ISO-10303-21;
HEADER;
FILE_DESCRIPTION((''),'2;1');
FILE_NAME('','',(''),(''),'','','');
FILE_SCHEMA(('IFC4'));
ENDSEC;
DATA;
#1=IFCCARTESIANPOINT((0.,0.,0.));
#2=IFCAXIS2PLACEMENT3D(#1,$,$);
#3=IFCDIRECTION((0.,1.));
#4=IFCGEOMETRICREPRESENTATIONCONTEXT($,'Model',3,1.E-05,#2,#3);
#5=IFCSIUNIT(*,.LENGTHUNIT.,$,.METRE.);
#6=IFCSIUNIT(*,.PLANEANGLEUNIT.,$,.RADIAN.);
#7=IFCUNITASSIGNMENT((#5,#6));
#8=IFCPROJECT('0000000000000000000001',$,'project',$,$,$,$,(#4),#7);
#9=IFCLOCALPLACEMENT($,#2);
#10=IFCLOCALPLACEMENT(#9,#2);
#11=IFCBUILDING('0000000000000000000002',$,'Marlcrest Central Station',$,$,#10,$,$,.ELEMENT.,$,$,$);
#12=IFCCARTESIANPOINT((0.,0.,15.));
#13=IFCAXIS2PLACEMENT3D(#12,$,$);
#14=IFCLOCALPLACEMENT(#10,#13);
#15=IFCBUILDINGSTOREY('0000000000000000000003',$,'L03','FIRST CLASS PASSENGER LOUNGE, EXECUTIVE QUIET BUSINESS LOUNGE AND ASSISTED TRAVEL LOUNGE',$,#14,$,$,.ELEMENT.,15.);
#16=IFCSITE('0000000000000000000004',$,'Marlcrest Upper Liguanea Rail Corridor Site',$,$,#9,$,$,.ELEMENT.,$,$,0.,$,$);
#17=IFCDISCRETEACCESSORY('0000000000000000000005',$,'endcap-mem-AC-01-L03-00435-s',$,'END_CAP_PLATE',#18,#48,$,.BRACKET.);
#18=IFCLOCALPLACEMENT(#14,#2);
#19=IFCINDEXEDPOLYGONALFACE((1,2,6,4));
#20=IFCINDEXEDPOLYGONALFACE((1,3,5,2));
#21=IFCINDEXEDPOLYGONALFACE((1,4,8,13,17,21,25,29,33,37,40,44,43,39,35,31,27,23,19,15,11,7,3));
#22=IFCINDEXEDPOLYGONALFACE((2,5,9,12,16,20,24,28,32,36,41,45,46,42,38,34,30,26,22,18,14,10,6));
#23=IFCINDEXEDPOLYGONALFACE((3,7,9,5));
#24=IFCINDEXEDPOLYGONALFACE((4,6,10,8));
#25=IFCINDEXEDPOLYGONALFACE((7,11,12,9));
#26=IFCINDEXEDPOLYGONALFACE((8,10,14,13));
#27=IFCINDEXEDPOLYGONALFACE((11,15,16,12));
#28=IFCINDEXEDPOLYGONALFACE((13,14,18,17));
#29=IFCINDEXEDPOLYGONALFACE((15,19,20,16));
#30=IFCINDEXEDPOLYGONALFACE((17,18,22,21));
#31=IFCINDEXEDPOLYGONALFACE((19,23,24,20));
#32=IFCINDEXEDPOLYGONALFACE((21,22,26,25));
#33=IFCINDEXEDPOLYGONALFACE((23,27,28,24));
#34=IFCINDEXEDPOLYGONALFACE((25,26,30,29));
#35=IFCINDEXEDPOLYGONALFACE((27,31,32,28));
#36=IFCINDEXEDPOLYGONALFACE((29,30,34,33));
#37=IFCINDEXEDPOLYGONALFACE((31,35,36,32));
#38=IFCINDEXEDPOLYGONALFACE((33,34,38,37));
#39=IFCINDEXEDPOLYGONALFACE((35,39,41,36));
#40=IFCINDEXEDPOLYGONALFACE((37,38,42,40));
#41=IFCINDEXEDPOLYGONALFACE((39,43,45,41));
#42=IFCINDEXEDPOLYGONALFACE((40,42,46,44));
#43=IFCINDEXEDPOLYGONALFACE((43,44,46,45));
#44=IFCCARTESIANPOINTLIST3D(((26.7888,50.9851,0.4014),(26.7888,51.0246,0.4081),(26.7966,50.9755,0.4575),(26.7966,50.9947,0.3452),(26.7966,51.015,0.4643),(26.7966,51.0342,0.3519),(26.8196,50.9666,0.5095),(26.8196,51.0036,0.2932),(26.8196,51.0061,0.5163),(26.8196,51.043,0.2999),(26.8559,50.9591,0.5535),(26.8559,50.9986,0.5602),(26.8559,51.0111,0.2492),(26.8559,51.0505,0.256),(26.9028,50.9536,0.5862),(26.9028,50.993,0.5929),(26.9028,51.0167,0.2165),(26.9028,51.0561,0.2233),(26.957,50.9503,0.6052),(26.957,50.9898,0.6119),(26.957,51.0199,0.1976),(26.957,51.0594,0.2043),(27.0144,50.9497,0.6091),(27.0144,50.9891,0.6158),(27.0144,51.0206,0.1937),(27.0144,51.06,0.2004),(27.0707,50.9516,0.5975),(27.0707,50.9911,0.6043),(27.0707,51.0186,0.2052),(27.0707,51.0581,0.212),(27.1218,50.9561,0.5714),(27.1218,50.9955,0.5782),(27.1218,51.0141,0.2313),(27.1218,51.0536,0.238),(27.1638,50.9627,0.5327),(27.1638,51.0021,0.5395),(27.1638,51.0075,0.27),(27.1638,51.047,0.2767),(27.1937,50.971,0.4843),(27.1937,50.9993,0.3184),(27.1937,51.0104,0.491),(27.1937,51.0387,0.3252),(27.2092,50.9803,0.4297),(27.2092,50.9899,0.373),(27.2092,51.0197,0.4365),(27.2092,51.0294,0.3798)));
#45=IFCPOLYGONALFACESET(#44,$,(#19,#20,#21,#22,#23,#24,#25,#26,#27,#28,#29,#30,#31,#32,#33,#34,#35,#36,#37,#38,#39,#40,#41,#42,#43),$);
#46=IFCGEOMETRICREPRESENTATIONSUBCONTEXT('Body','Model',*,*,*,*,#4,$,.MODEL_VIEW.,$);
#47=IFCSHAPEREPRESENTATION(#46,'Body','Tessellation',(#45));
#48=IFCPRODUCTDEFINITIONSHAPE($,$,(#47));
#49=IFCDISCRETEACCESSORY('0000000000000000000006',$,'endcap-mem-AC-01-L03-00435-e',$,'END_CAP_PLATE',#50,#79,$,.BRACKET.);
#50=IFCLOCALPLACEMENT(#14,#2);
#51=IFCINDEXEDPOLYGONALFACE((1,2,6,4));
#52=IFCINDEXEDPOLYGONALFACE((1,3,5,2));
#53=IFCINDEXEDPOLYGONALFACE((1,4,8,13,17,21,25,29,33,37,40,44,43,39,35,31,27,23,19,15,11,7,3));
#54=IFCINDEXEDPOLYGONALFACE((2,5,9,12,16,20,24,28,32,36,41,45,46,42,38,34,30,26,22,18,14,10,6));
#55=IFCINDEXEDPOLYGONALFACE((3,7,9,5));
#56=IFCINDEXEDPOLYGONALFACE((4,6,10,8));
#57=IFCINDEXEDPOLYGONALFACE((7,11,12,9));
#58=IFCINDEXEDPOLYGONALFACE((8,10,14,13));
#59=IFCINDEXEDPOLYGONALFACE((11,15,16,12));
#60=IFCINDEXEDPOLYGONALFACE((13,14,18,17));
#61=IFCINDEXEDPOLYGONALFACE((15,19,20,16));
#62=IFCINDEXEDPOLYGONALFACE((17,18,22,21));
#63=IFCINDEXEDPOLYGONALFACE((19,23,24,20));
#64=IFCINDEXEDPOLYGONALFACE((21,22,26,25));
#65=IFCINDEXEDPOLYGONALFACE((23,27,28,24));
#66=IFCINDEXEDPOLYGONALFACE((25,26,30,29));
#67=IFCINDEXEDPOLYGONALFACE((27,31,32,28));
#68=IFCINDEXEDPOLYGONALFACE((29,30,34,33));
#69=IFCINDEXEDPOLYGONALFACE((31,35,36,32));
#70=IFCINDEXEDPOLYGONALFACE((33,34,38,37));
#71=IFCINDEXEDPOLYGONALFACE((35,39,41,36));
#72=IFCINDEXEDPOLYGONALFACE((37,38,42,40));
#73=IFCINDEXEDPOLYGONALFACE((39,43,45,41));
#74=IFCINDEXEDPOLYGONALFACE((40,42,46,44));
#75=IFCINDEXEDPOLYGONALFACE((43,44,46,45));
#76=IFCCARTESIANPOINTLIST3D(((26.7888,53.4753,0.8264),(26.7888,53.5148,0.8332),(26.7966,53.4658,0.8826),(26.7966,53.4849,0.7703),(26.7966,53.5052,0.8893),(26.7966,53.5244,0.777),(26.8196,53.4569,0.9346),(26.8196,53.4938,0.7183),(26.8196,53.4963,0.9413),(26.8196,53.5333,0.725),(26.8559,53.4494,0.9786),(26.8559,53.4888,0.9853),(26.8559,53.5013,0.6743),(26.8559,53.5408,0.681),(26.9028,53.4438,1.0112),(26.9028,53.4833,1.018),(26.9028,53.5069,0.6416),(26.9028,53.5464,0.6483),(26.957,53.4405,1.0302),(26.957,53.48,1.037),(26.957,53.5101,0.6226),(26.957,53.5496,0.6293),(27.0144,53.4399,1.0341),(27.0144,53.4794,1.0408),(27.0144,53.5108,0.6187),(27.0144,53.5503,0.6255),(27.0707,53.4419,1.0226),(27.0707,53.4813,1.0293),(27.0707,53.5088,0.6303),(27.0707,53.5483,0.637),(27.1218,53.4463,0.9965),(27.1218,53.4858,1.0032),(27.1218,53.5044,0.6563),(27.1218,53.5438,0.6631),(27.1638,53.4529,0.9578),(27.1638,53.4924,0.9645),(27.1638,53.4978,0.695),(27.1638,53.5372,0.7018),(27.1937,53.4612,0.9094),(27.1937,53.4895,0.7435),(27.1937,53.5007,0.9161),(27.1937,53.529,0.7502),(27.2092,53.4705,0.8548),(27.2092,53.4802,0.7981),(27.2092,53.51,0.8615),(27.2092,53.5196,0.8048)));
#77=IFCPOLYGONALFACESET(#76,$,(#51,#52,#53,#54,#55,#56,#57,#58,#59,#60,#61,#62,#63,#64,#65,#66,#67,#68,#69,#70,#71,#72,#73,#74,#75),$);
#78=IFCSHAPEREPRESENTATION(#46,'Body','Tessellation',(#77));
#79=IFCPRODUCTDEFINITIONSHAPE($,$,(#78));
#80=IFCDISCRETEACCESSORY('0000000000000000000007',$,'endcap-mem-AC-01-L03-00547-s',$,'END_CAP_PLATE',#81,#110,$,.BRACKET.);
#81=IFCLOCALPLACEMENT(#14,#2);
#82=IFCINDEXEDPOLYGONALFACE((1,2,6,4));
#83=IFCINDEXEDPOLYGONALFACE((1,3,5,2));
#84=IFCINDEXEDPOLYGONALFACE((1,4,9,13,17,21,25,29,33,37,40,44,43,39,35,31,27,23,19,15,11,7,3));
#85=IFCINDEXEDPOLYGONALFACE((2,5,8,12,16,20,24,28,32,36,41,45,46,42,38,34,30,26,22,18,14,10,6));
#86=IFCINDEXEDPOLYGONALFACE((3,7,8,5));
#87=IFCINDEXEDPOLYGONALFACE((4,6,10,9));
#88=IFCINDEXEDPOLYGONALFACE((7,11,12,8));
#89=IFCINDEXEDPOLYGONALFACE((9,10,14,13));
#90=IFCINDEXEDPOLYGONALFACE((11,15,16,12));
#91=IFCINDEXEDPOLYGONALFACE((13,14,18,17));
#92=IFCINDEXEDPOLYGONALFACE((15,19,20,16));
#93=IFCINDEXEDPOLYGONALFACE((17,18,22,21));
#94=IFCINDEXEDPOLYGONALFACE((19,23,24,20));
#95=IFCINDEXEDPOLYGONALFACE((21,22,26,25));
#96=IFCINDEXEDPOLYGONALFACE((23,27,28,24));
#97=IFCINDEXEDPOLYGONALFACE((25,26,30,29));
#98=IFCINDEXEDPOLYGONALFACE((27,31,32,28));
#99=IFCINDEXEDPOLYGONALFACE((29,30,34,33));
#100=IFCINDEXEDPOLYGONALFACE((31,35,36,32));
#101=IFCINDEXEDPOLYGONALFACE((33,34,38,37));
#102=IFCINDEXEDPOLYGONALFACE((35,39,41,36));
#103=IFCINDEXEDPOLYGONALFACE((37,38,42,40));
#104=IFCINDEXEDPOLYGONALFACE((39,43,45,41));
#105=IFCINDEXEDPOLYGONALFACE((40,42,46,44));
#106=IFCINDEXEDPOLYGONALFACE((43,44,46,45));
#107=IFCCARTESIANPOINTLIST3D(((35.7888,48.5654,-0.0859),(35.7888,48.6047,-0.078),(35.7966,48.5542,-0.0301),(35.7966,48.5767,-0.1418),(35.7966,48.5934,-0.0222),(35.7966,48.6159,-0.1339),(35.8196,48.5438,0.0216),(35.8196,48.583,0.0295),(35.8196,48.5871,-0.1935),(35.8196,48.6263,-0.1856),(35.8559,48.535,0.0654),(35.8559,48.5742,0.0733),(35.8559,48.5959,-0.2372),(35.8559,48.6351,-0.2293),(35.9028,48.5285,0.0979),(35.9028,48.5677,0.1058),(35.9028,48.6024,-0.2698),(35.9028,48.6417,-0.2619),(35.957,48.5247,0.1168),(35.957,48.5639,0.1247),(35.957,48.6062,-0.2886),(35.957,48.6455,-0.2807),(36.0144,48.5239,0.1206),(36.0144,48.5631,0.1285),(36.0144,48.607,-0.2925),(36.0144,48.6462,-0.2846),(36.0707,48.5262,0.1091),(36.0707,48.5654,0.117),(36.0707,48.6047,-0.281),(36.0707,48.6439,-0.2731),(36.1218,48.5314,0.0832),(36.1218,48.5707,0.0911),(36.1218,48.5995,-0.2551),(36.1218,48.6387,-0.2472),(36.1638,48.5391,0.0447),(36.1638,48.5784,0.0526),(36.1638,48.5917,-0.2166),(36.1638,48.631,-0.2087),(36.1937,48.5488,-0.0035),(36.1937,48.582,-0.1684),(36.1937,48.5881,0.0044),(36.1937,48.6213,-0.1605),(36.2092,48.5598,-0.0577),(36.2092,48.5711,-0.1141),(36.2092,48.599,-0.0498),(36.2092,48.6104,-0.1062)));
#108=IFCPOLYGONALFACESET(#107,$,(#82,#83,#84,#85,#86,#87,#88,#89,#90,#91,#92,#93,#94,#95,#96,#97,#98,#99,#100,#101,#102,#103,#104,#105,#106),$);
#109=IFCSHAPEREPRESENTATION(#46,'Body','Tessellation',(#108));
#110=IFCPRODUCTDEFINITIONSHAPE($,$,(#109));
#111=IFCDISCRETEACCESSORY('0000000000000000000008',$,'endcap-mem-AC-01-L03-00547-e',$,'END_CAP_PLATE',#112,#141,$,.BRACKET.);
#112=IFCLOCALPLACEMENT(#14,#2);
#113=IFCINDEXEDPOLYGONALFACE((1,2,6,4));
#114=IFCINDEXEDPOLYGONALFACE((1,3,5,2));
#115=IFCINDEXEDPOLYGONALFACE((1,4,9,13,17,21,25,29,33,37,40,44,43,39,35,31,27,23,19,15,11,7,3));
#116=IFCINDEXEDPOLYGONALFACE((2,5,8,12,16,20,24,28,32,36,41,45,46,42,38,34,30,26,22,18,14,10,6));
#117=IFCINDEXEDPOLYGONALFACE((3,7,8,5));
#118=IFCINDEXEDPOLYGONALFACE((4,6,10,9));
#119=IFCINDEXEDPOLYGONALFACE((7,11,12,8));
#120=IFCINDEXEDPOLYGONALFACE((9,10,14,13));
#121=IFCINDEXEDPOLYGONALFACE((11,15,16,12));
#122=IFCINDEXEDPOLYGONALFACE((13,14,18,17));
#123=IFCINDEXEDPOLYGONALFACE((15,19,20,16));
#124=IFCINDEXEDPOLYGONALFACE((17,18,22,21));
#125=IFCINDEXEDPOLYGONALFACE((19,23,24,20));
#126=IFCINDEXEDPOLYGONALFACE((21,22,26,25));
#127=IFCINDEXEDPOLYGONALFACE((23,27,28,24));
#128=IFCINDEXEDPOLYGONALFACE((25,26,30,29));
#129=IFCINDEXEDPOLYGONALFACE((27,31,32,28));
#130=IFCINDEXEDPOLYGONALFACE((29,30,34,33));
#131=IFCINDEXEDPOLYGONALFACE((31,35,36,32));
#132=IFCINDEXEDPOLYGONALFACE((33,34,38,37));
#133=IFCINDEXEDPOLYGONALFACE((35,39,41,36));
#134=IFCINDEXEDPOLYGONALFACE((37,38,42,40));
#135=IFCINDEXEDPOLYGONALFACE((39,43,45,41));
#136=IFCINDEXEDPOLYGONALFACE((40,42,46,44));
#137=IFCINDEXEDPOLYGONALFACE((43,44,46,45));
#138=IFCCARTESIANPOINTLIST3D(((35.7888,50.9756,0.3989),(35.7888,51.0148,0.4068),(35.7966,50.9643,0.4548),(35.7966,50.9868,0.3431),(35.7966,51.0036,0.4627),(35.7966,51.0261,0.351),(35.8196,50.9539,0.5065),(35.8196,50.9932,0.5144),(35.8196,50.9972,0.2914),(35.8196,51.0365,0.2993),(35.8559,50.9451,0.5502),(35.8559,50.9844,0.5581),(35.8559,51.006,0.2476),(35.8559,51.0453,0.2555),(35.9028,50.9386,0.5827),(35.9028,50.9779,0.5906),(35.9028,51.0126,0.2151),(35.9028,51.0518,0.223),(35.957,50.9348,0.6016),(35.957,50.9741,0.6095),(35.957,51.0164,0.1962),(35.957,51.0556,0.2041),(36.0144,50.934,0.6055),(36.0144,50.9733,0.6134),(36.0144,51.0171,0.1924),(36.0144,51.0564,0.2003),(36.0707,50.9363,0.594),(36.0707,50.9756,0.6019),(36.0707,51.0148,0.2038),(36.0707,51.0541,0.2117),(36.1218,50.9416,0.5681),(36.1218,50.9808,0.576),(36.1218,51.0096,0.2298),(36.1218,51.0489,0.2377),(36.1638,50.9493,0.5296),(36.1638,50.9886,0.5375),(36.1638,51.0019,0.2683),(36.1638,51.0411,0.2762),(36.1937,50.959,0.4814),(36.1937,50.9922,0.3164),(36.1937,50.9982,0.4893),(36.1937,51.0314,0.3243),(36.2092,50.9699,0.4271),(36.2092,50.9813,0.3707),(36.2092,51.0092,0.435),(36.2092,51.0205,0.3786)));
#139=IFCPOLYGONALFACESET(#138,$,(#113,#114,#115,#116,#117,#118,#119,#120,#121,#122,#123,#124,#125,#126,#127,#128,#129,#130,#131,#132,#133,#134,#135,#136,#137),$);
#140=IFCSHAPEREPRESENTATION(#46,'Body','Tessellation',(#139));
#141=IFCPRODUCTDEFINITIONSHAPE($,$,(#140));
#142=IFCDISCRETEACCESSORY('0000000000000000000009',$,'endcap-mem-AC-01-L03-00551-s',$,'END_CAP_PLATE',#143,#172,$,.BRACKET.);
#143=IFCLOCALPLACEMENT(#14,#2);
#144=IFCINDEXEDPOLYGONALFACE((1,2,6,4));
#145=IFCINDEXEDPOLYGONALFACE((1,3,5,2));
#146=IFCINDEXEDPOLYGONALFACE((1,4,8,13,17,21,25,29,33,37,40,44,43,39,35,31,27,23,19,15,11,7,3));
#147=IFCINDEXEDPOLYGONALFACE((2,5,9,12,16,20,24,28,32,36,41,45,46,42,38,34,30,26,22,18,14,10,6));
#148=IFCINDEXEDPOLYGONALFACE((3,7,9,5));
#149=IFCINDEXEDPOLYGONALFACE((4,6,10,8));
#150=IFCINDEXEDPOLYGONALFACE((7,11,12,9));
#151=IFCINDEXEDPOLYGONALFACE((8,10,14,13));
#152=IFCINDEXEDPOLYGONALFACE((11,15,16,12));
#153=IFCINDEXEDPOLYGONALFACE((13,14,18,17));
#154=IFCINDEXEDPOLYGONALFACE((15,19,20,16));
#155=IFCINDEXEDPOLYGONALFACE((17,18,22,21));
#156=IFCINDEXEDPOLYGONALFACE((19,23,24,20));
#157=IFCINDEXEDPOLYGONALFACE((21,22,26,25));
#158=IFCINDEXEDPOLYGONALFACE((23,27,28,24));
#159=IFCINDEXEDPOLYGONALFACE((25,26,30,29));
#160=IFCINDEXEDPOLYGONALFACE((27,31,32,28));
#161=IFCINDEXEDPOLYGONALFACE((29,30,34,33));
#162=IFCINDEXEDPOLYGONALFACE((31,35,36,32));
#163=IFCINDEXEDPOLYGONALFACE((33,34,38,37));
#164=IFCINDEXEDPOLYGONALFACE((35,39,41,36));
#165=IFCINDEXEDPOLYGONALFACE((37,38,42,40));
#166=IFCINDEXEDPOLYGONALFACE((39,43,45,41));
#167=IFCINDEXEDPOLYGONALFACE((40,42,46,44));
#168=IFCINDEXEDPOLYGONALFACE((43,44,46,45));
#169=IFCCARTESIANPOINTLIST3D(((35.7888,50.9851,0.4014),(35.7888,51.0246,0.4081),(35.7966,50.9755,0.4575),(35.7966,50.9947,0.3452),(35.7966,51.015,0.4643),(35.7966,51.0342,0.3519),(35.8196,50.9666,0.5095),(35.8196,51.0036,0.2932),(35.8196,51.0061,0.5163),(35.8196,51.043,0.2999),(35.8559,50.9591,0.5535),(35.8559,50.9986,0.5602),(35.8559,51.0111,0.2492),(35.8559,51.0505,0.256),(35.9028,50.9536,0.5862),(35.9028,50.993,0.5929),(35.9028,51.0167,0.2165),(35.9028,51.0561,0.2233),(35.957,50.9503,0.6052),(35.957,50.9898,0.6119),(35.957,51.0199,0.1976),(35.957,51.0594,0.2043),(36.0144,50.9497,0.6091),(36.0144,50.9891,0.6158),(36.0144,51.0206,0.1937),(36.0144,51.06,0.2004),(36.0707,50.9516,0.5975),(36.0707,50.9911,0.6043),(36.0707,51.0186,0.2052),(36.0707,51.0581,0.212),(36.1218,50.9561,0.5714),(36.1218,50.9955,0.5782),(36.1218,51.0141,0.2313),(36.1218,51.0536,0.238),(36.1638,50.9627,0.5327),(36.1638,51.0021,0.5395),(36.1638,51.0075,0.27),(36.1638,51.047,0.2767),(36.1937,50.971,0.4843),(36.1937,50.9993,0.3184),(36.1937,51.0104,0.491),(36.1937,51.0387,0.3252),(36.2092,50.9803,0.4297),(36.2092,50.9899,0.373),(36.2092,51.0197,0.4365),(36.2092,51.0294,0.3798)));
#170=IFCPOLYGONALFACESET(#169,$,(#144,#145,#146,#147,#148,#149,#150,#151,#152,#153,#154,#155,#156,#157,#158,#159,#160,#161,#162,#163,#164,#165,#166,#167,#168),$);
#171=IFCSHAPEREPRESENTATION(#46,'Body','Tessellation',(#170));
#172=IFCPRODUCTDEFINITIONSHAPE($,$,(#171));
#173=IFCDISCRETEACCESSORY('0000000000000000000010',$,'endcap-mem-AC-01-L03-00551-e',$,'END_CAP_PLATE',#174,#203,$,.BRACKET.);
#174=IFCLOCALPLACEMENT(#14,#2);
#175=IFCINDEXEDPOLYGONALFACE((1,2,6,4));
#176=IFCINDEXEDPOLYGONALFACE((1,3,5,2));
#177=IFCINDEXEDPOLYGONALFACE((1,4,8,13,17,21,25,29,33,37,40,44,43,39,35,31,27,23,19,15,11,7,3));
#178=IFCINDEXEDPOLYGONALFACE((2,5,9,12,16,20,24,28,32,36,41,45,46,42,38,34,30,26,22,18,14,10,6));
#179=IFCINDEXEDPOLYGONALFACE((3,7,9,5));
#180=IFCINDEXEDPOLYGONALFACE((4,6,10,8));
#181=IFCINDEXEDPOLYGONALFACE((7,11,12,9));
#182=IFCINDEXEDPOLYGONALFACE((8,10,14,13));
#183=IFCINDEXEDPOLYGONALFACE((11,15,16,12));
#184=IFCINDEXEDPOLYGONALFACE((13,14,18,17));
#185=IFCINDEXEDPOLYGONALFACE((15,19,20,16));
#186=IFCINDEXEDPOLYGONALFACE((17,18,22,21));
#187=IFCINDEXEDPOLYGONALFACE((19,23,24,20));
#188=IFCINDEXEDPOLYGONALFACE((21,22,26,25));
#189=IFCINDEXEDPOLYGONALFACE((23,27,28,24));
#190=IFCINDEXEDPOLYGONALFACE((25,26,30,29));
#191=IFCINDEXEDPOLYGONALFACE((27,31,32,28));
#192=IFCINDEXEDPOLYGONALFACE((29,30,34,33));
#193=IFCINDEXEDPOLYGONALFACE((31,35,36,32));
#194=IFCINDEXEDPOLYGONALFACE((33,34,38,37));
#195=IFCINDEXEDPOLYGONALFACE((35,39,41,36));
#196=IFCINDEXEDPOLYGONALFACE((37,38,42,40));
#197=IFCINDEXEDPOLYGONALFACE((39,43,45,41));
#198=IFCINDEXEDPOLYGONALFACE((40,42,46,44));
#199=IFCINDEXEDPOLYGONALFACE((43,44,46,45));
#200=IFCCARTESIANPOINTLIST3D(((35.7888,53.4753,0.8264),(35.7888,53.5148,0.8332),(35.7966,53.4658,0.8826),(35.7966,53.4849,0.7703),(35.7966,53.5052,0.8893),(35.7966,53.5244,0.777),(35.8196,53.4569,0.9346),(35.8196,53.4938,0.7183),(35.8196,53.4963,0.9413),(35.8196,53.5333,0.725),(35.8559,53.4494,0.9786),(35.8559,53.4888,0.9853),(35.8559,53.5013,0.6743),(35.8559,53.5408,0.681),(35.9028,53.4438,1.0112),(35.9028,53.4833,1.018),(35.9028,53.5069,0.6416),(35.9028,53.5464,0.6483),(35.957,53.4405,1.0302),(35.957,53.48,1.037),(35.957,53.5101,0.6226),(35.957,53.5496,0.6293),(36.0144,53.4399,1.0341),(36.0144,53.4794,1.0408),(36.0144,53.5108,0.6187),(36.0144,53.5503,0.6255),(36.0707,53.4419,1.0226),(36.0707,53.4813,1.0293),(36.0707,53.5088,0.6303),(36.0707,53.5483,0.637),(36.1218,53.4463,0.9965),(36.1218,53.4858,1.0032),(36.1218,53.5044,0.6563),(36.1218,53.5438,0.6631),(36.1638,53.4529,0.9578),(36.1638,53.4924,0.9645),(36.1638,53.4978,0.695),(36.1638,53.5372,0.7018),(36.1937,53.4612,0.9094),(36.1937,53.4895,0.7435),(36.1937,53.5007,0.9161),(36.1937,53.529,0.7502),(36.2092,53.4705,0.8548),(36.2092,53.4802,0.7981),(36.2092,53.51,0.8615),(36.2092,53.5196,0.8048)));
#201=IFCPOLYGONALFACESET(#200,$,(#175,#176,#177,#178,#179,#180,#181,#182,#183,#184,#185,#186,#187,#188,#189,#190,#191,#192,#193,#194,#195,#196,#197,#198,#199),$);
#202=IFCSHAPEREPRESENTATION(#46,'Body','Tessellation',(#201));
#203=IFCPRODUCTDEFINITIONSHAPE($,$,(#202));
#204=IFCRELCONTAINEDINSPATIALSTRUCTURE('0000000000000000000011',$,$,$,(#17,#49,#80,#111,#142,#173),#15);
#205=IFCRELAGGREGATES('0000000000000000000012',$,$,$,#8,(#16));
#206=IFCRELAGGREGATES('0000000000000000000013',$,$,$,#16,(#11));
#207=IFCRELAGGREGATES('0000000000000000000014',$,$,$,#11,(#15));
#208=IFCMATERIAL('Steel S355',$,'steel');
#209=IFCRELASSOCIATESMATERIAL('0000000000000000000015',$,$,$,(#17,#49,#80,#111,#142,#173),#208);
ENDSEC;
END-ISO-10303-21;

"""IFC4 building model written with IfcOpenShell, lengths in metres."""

from ifc_helpers import new_model, si_unit, direction, frame, origin, origin_2d, place, context, subcontext, project, spatial, circle, extrude, material, element, save


model = new_model("IFC4")

# Units and contexts
model_context = context("Model", 3, precision=1e-05, world=origin(), true_north=direction((0.0, 1.0)))
body_context = subcontext(model_context, "Body", "Model", "MODEL_VIEW")
ifc_project = project(units=[si_unit("LENGTHUNIT", "METRE"), si_unit("PLANEANGLEUNIT", "RADIAN")], contexts=[model_context])

# Site, building, storey
site_placement = place(None, origin())
site = spatial("IfcSite", under=ifc_project, at=site_placement, Name="Marlcrest Upper Liguanea Rail Corridor Site", CompositionType="ELEMENT", RefElevation=0.0)
building_placement = place(site_placement, origin())
building = spatial("IfcBuilding", under=site, at=building_placement, Name="Marlcrest Central Station", CompositionType="ELEMENT")
storey_placement = place(building_placement, frame((0.0, 0.0, 15.0)))
storey = spatial("IfcBuildingStorey", under=building, at=storey_placement, Name="L03", Description="FIRST CLASS PASSENGER LOUNGE, EXECUTIVE QUIET BUSINESS LOUNGE AND ASSISTED TRAVEL LOUNGE", CompositionType="ELEMENT", Elevation=15.0)

# Shared definitions
ifc_material_1 = material(Name="Steel S355", Category="steel")

# Discrete accessories
for number, where, z_axis, x_axis, name in (
    (1, (27.0, 50.9851, 0.4014), (0.0, 0.985741, 0.168269), (-1.0, 0.0, 0.0), "endcap-mem-AC-01-L03-00435-s"),
    (2, (27.0, 53.4753, 0.8264), (0.0, 0.985741, 0.168269), (-1.0, 0.0, 0.0), "endcap-mem-AC-01-L03-00435-e"),
    (3, (36.0, 48.5654, -0.0859), (0.0, 0.980359, 0.197219), (-1.0, 0.0, 0.0), "endcap-mem-AC-01-L03-00547-s"),
    (4, (36.0, 50.9756, 0.3989), (0.0, 0.980359, 0.197219), (-1.0, 0.0, 0.0), "endcap-mem-AC-01-L03-00547-e"),
    (5, (36.0, 50.9851, 0.4014), (0.0, 0.985741, 0.168269), (-1.0, 0.0, 0.0), "endcap-mem-AC-01-L03-00551-s"),
    (6, (36.0, 53.4753, 0.8264), (0.0, 0.985741, 0.168269), (-1.0, 0.0, 0.0), "endcap-mem-AC-01-L03-00551-e"),
):
    element("IfcDiscreteAccessory", number, at=place(storey_placement, frame(where, z_axis=z_axis, x_axis=x_axis)), inside=storey, material=ifc_material_1, Name=name, ObjectType="END_CAP_PLATE", PredefinedType="BRACKET", context=body_context, shape_type="SweptSolid", body=[
        extrude(circle(Radius=0.2112, at=origin_2d()), origin(), (0.0, 0.0, 1.0), 0.04),
    ])

save(model, "model.ifc")
